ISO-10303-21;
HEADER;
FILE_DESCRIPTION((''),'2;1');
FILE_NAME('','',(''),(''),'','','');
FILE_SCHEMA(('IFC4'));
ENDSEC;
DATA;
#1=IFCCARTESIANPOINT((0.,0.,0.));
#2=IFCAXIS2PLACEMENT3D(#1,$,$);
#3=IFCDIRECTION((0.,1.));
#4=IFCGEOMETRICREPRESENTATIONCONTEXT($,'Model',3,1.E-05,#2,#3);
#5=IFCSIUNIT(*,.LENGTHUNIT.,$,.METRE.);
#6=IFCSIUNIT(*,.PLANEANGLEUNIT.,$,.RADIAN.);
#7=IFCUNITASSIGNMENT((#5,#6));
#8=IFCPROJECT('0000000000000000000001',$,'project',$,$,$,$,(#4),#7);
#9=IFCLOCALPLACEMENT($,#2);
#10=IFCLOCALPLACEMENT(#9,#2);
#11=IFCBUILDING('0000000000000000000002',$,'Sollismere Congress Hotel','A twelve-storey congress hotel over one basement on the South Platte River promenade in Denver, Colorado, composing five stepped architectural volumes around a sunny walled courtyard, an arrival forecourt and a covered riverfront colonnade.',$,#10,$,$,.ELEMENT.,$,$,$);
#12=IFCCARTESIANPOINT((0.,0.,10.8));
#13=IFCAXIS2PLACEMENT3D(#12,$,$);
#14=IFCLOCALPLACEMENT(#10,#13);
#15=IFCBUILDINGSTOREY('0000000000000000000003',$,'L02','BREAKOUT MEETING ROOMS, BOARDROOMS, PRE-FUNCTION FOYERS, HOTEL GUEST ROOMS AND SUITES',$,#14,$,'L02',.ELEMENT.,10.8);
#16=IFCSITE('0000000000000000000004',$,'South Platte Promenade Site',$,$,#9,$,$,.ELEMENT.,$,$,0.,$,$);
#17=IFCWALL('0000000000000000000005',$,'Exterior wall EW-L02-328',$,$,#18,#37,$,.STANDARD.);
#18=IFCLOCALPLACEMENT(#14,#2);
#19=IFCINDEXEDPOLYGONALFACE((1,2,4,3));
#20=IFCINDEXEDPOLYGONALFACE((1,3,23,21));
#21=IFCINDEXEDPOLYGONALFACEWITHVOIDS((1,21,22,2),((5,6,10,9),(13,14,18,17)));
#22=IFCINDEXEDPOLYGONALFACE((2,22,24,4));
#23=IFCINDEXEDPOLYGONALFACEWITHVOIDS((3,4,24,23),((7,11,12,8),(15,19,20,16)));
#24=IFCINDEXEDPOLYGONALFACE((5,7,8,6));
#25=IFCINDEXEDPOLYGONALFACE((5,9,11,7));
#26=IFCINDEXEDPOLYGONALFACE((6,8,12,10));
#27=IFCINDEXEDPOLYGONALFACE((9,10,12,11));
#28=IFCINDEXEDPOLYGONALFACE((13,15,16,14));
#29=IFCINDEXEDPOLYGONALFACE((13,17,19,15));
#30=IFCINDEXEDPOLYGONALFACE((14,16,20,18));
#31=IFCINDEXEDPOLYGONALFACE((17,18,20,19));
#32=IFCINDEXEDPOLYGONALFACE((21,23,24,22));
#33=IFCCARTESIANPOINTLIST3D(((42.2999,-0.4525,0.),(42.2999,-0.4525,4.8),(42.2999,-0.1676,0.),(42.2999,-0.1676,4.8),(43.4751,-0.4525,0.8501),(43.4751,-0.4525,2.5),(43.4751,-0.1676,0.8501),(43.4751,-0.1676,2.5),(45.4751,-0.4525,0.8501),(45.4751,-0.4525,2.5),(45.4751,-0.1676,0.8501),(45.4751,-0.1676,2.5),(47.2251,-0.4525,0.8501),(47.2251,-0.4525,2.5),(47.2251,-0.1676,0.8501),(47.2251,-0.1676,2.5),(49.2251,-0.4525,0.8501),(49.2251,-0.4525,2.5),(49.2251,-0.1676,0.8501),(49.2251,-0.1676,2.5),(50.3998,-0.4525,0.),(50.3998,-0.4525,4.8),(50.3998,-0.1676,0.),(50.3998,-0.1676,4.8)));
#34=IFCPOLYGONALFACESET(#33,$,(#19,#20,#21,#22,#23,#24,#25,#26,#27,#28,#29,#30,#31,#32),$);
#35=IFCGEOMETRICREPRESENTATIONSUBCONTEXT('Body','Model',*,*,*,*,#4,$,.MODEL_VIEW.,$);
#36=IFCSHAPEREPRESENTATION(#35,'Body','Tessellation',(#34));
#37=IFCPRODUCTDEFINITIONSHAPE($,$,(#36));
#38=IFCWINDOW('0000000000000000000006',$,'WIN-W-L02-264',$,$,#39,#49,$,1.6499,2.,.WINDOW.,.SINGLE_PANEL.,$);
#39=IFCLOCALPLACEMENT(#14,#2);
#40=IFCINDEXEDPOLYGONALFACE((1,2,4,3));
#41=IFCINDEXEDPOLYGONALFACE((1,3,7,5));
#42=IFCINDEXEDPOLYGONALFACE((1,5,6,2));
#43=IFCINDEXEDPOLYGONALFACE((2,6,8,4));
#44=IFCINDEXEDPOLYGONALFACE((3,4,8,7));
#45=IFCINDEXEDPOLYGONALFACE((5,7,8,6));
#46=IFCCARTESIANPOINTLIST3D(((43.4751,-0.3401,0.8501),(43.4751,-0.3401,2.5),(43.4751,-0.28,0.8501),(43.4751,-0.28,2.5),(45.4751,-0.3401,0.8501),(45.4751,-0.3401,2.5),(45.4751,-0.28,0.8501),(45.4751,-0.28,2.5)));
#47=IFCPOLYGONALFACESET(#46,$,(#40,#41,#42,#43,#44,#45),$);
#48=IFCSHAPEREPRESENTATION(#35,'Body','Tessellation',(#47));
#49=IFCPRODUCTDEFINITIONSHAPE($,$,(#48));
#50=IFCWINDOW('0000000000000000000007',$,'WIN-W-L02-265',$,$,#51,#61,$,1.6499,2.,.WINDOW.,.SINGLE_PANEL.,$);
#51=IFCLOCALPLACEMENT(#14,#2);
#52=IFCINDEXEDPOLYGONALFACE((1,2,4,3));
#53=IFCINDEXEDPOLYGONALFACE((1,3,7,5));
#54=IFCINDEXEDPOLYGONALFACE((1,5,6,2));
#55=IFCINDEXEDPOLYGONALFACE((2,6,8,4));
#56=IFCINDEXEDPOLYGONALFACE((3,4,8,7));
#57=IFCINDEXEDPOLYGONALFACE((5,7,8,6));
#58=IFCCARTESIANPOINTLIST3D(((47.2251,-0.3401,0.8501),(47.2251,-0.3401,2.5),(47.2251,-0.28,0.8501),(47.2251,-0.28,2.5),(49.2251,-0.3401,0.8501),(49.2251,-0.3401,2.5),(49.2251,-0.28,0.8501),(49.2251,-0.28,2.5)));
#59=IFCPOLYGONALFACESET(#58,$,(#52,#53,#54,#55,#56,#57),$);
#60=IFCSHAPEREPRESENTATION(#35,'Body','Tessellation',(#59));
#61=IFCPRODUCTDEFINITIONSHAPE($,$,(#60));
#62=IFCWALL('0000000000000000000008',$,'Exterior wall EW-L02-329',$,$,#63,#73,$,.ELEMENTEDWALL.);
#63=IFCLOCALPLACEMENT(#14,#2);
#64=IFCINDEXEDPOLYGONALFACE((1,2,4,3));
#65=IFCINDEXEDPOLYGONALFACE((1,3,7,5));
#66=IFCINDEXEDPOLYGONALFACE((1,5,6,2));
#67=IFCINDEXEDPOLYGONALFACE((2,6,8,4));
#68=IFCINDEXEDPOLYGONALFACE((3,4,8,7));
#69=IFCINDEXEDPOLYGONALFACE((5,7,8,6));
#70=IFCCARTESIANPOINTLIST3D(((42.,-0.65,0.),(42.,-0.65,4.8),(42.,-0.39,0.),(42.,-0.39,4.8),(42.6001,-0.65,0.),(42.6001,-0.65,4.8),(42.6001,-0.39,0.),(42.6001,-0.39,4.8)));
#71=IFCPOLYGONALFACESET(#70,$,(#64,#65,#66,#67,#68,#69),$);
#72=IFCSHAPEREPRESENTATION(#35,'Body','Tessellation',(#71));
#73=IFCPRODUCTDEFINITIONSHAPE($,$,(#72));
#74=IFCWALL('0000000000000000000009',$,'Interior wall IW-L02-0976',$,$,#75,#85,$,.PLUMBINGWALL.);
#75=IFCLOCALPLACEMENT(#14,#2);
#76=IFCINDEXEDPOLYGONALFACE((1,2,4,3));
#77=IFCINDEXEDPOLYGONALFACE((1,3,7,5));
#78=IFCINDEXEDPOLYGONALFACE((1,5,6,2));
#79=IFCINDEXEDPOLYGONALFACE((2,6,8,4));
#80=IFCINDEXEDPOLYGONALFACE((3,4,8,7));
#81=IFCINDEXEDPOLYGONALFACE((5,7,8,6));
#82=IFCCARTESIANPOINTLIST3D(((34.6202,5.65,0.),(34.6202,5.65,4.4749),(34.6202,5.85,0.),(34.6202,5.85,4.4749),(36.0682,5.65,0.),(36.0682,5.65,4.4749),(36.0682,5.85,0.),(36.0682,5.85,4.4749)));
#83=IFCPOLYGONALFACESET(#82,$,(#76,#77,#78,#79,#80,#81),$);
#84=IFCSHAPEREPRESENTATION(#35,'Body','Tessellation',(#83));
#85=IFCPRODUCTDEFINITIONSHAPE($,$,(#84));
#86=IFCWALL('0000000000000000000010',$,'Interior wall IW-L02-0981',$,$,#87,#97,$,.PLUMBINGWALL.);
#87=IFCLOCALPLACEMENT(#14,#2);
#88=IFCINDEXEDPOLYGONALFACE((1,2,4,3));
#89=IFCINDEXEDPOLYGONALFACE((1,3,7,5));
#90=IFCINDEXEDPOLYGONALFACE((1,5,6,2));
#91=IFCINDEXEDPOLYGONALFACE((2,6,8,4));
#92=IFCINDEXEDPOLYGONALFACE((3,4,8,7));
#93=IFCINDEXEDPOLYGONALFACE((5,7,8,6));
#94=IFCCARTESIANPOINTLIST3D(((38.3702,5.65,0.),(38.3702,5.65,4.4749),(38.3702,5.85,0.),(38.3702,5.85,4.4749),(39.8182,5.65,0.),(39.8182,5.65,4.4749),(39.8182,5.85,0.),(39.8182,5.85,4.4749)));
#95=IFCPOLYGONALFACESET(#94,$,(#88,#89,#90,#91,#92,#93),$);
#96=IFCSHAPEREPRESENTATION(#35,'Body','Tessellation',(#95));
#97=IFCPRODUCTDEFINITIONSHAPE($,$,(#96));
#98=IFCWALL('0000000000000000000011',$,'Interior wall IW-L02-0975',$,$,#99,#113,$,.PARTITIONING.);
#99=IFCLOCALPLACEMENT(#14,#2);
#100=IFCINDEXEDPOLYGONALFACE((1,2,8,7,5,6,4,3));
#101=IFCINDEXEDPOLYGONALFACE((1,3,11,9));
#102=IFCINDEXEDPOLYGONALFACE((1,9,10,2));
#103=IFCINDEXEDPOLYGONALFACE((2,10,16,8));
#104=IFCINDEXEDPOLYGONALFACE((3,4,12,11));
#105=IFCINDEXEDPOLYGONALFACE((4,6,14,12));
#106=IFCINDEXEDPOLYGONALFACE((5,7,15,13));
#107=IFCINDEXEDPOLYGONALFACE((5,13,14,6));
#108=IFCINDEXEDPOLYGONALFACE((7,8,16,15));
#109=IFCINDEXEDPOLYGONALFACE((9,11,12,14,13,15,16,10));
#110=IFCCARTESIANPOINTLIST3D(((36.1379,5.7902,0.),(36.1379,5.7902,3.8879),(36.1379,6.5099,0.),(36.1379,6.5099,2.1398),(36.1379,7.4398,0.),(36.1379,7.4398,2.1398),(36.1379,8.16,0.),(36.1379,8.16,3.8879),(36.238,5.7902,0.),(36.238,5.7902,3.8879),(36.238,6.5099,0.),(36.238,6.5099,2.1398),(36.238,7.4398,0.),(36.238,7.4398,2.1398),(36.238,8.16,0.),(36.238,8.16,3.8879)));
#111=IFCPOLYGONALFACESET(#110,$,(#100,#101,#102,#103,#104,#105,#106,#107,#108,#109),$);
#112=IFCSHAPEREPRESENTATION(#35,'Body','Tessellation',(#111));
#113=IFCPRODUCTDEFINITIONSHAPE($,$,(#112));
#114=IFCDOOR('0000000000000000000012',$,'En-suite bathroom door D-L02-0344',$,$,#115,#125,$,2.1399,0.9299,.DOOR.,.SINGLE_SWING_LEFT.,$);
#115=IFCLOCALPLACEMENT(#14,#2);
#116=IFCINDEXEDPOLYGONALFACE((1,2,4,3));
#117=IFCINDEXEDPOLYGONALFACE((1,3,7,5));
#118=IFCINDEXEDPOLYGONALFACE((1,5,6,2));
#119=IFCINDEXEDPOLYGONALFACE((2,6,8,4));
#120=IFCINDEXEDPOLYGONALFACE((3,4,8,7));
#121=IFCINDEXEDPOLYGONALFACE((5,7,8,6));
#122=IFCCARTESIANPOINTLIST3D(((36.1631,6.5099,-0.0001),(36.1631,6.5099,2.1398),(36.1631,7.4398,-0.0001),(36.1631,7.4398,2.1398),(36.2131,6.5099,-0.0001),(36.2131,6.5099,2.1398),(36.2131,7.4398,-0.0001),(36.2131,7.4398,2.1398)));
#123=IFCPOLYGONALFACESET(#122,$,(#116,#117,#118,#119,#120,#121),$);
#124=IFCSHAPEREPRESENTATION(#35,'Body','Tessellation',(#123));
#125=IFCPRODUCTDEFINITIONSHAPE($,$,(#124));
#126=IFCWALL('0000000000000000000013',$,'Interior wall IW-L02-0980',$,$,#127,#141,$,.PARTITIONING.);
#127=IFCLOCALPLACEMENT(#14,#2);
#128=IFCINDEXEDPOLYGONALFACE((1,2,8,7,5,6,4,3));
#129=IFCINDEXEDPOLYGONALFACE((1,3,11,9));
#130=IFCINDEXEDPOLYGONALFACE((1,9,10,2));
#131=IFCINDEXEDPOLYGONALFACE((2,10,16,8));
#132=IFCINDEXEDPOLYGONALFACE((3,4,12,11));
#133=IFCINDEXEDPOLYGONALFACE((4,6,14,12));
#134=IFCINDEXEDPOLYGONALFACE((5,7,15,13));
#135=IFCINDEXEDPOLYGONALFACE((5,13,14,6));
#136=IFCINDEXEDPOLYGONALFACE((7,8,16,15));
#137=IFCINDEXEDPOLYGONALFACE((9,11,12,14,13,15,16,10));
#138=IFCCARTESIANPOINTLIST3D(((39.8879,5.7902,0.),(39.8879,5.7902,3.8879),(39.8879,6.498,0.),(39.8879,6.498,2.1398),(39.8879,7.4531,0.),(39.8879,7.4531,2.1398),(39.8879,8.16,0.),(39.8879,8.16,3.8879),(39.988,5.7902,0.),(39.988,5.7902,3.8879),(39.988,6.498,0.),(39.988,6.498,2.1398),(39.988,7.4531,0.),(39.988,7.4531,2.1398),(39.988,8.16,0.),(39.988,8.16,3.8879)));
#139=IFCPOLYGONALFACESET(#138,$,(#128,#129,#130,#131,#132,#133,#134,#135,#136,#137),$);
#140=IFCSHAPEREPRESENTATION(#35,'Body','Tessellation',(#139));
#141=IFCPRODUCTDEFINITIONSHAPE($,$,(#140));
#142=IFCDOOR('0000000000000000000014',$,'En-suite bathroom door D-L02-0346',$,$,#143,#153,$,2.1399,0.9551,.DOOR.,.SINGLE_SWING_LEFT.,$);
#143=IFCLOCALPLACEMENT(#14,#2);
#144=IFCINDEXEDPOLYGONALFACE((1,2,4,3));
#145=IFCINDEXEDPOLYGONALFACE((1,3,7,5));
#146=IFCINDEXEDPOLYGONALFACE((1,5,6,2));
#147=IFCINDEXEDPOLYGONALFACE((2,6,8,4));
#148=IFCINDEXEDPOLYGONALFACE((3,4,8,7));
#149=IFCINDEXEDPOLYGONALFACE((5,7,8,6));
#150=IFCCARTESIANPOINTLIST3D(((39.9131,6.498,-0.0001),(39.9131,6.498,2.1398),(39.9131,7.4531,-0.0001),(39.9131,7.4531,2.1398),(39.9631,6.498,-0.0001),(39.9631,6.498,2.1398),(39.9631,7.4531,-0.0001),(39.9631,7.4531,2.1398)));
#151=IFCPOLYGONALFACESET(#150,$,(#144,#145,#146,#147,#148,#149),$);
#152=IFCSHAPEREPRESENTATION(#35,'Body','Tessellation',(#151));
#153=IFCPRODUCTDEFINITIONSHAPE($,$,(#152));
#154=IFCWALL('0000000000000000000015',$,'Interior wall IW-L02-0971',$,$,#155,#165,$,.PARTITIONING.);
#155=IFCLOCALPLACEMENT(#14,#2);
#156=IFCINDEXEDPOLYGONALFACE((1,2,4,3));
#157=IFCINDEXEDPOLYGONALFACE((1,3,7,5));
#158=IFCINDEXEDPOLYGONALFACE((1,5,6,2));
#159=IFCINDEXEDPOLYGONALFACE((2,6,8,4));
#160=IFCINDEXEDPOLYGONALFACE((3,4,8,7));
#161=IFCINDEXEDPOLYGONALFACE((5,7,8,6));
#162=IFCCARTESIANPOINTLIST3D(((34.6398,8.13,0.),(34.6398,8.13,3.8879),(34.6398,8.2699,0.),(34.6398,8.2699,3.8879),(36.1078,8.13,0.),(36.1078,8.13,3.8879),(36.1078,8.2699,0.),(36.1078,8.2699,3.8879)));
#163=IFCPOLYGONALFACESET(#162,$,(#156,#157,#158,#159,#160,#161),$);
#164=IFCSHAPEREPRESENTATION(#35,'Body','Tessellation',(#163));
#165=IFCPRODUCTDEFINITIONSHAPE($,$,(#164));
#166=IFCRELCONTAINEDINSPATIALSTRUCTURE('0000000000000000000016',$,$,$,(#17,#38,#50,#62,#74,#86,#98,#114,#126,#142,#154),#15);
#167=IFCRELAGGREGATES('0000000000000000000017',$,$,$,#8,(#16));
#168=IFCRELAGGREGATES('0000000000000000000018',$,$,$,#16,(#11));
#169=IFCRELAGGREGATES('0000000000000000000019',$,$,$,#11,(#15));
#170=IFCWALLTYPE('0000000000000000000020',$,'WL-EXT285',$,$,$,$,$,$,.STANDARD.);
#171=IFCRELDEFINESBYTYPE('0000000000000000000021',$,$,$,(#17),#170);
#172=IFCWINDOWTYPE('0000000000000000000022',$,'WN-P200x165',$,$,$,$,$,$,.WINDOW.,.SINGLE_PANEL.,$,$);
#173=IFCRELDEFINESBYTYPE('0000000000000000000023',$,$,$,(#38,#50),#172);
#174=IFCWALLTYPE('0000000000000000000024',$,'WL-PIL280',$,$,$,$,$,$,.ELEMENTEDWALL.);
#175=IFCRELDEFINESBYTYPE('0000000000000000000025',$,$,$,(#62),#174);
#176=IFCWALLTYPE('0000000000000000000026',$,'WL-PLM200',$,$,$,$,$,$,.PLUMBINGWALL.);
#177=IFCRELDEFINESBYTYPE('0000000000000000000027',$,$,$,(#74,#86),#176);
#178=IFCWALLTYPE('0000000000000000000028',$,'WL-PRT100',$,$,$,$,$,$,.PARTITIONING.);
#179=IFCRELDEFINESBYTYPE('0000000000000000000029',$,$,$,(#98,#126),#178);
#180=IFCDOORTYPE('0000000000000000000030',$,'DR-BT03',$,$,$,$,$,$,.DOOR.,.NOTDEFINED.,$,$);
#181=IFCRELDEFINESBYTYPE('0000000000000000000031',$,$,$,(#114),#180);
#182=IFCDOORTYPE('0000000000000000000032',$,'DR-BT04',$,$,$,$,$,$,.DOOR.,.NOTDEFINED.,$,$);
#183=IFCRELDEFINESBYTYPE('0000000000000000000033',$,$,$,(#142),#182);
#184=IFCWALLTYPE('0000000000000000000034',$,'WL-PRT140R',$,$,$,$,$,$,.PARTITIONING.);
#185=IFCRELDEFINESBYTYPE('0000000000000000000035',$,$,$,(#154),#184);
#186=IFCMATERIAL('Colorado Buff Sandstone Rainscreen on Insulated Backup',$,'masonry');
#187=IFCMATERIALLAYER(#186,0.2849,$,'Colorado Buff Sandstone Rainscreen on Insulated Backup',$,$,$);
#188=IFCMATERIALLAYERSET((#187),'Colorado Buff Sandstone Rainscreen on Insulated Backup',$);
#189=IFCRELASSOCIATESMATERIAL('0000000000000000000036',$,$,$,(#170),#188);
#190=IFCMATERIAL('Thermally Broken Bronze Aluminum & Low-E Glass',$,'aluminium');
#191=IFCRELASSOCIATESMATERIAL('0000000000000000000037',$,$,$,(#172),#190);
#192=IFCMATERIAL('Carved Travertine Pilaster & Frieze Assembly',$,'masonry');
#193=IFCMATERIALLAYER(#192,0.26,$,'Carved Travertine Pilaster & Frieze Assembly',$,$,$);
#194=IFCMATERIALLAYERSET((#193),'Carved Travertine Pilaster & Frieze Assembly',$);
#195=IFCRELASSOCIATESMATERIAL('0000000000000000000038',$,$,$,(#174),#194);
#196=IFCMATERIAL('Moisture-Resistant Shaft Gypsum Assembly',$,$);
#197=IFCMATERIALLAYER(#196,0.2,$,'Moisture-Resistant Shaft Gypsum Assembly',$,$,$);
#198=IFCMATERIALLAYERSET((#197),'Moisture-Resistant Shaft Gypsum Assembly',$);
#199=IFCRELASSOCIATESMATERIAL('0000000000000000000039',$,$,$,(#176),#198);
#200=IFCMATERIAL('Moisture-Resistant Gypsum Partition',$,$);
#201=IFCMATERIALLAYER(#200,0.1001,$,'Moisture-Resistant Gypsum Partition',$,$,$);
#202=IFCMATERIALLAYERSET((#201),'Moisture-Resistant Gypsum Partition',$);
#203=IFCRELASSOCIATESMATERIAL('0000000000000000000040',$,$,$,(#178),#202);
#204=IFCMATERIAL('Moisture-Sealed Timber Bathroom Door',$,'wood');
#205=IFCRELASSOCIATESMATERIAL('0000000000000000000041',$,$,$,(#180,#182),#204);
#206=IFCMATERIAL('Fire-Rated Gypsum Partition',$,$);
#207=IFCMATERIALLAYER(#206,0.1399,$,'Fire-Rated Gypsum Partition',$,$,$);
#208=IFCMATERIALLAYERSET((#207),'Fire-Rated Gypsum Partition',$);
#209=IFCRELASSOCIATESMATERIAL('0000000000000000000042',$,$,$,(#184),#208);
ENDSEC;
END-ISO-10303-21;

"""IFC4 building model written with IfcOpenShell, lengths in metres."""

from ifc_helpers import new_model, si_unit, direction, frame, frame_2d, origin, place, context, subcontext, project, spatial, rectangle, extrude, material, layer, layer_set, type_object, element, fill, save


model = new_model("IFC4")

# Units and contexts
model_context = context("Model", 3, precision=1e-05, world=origin(), true_north=direction((0.0, 1.0)))
body_context = subcontext(model_context, "Body", "Model", "MODEL_VIEW")
ifc_project = project(units=[si_unit("LENGTHUNIT", "METRE"), si_unit("PLANEANGLEUNIT", "RADIAN")], contexts=[model_context])

# Site, building, storey
site_placement = place(None, origin())
site = spatial("IfcSite", under=ifc_project, at=site_placement, Name="South Platte Promenade Site", CompositionType="ELEMENT", RefElevation=0.0)
building_placement = place(site_placement, origin())
building = spatial("IfcBuilding", under=site, at=building_placement, Name="Sollismere Congress Hotel", Description="A twelve-storey congress hotel over one basement on the South Platte River promenade in Denver, Colorado, composing five stepped architectural volumes around a sunny walled courtyard, an arrival forecourt and a covered riverfront colonnade.", CompositionType="ELEMENT")
storey_placement = place(building_placement, frame((0.0, 0.0, 10.8)))
storey = spatial("IfcBuildingStorey", under=building, at=storey_placement, Name="L02", Description="BREAKOUT MEETING ROOMS, BOARDROOMS, PRE-FUNCTION FOYERS, HOTEL GUEST ROOMS AND SUITES", LongName="L02", CompositionType="ELEMENT", Elevation=10.8)

# Wall, openings, windows
ifc_material_1 = material(Name="Colorado Buff Sandstone Rainscreen on Insulated Backup", Category="masonry")
ifc_layer_1 = layer(ifc_material_1, 0.2849, Name="Colorado Buff Sandstone Rainscreen on Insulated Backup")
ifc_layer_set_1 = layer_set([ifc_layer_1], Name="Colorado Buff Sandstone Rainscreen on Insulated Backup")
wall_type_1 = type_object("IfcWallType", Name="WL-EXT285", PredefinedType="STANDARD", material=ifc_layer_set_1)
wall_1_placement = place(storey_placement, frame((42.3, -0.3101, 0.0), z_axis=(0.0, 0.0, 1.0), x_axis=(1.0, 0.0, 0.0)))
wall_1 = element("IfcWall", 1, at=wall_1_placement, inside=storey, type_object=wall_type_1, Name="Exterior wall EW-L02-328", PredefinedType="STANDARD", context=body_context, shape_type="SweptSolid", body=[
    extrude(rectangle(XDim=8.0999, YDim=0.2849, at=frame_2d((4.0498, 0.0))), origin(), (0.0, 0.0, 1.0), 4.8),
])
opening_1_placement = place(wall_1_placement, frame((1.175, 0.0, 0.8501)))
opening_1 = element("IfcOpeningElement", 2, at=opening_1_placement, cuts=wall_1, PredefinedType="OPENING", context=body_context, shape_type="SweptSolid", body=[
    extrude(rectangle(XDim=2.0, YDim=1.6499, at=frame_2d((1.0, 0.825))), frame((0.0, 0.1523, 0.0), z_axis=(0.0, -1.0, 0.0), x_axis=(1.0, 0.0, 0.0)), (0.0, 0.0, 1.0), 0.3049),
])
opening_2_placement = place(wall_1_placement, frame((4.925, 0.0, 0.8501)))
opening_2 = element("IfcOpeningElement", 3, at=opening_2_placement, cuts=wall_1, PredefinedType="OPENING", context=body_context, shape_type="SweptSolid", body=[
    extrude(rectangle(XDim=2.0, YDim=1.6499, at=frame_2d((1.0, 0.825))), frame((0.0, 0.1523, 0.0), z_axis=(0.0, -1.0, 0.0), x_axis=(1.0, 0.0, 0.0)), (0.0, 0.0, 1.0), 0.3049),
])
ifc_material_2 = material(Name="Thermally Broken Bronze Aluminum & Low-E Glass", Category="aluminium")
window_type = type_object("IfcWindowType", Name="WN-P200x165", PartitioningType="SINGLE_PANEL", PredefinedType="WINDOW", material=ifc_material_2)
window_1_placement = place(opening_1_placement, origin())
window_1 = element("IfcWindow", 4, at=window_1_placement, inside=storey, type_object=window_type, Name="WIN-W-L02-264", OverallHeight=1.6499, OverallWidth=2.0, PartitioningType="SINGLE_PANEL", PredefinedType="WINDOW", context=body_context, shape_type="SweptSolid", body=[
    extrude(rectangle(XDim=2.0, YDim=1.6499, at=frame_2d((1.0, 0.825))), frame((0.0, 0.03, 0.0), z_axis=(0.0, -1.0, 0.0), x_axis=(1.0, 0.0, 0.0)), (0.0, 0.0, 1.0), 0.0601),
])
fill(opening_1, window_1)
window_2_placement = place(opening_2_placement, origin())
window_2 = element("IfcWindow", 5, at=window_2_placement, inside=storey, type_object=window_type, Name="WIN-W-L02-265", OverallHeight=1.6499, OverallWidth=2.0, PartitioningType="SINGLE_PANEL", PredefinedType="WINDOW", context=body_context, shape_type="SweptSolid", body=[
    extrude(rectangle(XDim=2.0, YDim=1.6499, at=frame_2d((1.0, 0.825))), frame((0.0, 0.03, 0.0), z_axis=(0.0, -1.0, 0.0), x_axis=(1.0, 0.0, 0.0)), (0.0, 0.0, 1.0), 0.0601),
])
fill(opening_2, window_2)

# Walls
ifc_material_3 = material(Name="Carved Travertine Pilaster & Frieze Assembly", Category="masonry")
ifc_layer_2 = layer(ifc_material_3, 0.26, Name="Carved Travertine Pilaster & Frieze Assembly")
ifc_layer_set_2 = layer_set([ifc_layer_2], Name="Carved Travertine Pilaster & Frieze Assembly")
wall_type_2 = type_object("IfcWallType", Name="WL-PIL280", PredefinedType="ELEMENTEDWALL", material=ifc_layer_set_2)
wall_2_placement = place(storey_placement, frame((42.0, -0.52, 0.0), z_axis=(0.0, 0.0, 1.0), x_axis=(1.0, 0.0, 0.0)))
element("IfcWall", 6, at=wall_2_placement, inside=storey, type_object=wall_type_2, Name="Exterior wall EW-L02-329", PredefinedType="ELEMENTEDWALL", context=body_context, shape_type="SweptSolid", body=[
    extrude(rectangle(XDim=0.6001, YDim=0.26, at=frame_2d((0.3, 0.0))), origin(), (0.0, 0.0, 1.0), 4.8),
])
ifc_material_4 = material(Name="Moisture-Resistant Shaft Gypsum Assembly")
ifc_layer_3 = layer(ifc_material_4, 0.2, Name="Moisture-Resistant Shaft Gypsum Assembly")
ifc_layer_set_3 = layer_set([ifc_layer_3], Name="Moisture-Resistant Shaft Gypsum Assembly")
wall_type_3 = type_object("IfcWallType", Name="WL-PLM200", PredefinedType="PLUMBINGWALL", material=ifc_layer_set_3)
for number, where, z_axis, x_axis, name in (
    (7, (34.6201, 5.75, 0.0), (0.0, 0.0, 1.0), (1.0, 0.0, 0.0), "Interior wall IW-L02-0976"),
    (8, (38.3701, 5.75, 0.0), (0.0, 0.0, 1.0), (1.0, 0.0, 0.0), "Interior wall IW-L02-0981"),
):
    element("IfcWall", number, at=place(storey_placement, frame(where, z_axis=z_axis, x_axis=x_axis)), inside=storey, type_object=wall_type_3, Name=name, PredefinedType="PLUMBINGWALL", context=body_context, shape_type="SweptSolid", body=[
        extrude(rectangle(XDim=1.448, YDim=0.2, at=frame_2d((0.7241, 0.0))), origin(), (0.0, 0.0, 1.0), 4.4749),
    ])

# Walls, openings, doors
ifc_material_5 = material(Name="Moisture-Resistant Gypsum Partition")
ifc_layer_4 = layer(ifc_material_5, 0.1001, Name="Moisture-Resistant Gypsum Partition")
ifc_layer_set_4 = layer_set([ifc_layer_4], Name="Moisture-Resistant Gypsum Partition")
wall_type_4 = type_object("IfcWallType", Name="WL-PRT100", PredefinedType="PARTITIONING", material=ifc_layer_set_4)
wall_3_placement = place(storey_placement, frame((36.188, 5.79, 0.0), z_axis=(0.0, 0.0, 1.0), x_axis=(0.0, 1.0, 0.0)))
wall_3 = element("IfcWall", 9, at=wall_3_placement, inside=storey, type_object=wall_type_4, Name="Interior wall IW-L02-0975", PredefinedType="PARTITIONING", context=body_context, shape_type="SweptSolid", body=[
    extrude(rectangle(XDim=2.3699, YDim=0.1001, at=frame_2d((1.1851, 0.0))), origin(), (0.0, 0.0, 1.0), 3.8879),
])
opening_3_placement = place(wall_3_placement, frame((0.72, 0.0, 0.0)))
opening_3 = element("IfcOpeningElement", 10, at=opening_3_placement, cuts=wall_3, PredefinedType="OPENING", context=body_context, shape_type="SweptSolid", body=[
    extrude(rectangle(XDim=0.9299, YDim=2.1399, at=frame_2d((0.4648, 1.0698))), frame((0.0, 0.0601, 0.0), z_axis=(0.0, -1.0, 0.0), x_axis=(1.0, 0.0, 0.0)), (0.0, 0.0, 1.0), 0.1201),
])
ifc_material_6 = material(Name="Moisture-Sealed Timber Bathroom Door", Category="wood")
door_type_1 = type_object("IfcDoorType", Name="DR-BT03", OperationType="NOTDEFINED", PredefinedType="DOOR", material=ifc_material_6)
door_1_placement = place(opening_3_placement, origin())
door_1 = element("IfcDoor", 11, at=door_1_placement, inside=storey, type_object=door_type_1, Name="En-suite bathroom door D-L02-0344", OperationType="SINGLE_SWING_LEFT", OverallHeight=2.1399, OverallWidth=0.9299, PredefinedType="DOOR", context=body_context, shape_type="SweptSolid", body=[
    extrude(rectangle(XDim=0.9299, YDim=2.1399, at=frame_2d((0.4648, 1.0698))), frame((0.0, 0.0249, 0.0), z_axis=(0.0, -1.0, 0.0), x_axis=(1.0, 0.0, 0.0)), (0.0, 0.0, 1.0), 0.05),
])
fill(opening_3, door_1)
wall_4_placement = place(storey_placement, frame((39.938, 5.79, 0.0), z_axis=(0.0, 0.0, 1.0), x_axis=(0.0, 1.0, 0.0)))
wall_4 = element("IfcWall", 12, at=wall_4_placement, inside=storey, type_object=wall_type_4, Name="Interior wall IW-L02-0980", PredefinedType="PARTITIONING", context=body_context, shape_type="SweptSolid", body=[
    extrude(rectangle(XDim=2.3699, YDim=0.1001, at=frame_2d((1.1851, 0.0))), origin(), (0.0, 0.0, 1.0), 3.8879),
])
opening_4_placement = place(wall_4_placement, frame((0.708, 0.0, 0.0)))
opening_4 = element("IfcOpeningElement", 13, at=opening_4_placement, cuts=wall_4, PredefinedType="OPENING", context=body_context, shape_type="SweptSolid", body=[
    extrude(rectangle(XDim=0.9551, YDim=2.1399, at=frame_2d((0.4775, 1.0698))), frame((0.0, 0.0601, 0.0), z_axis=(0.0, -1.0, 0.0), x_axis=(1.0, 0.0, 0.0)), (0.0, 0.0, 1.0), 0.1201),
])
door_type_2 = type_object("IfcDoorType", Name="DR-BT04", OperationType="NOTDEFINED", PredefinedType="DOOR", material=ifc_material_6)
door_2_placement = place(opening_4_placement, origin())
door_2 = element("IfcDoor", 14, at=door_2_placement, inside=storey, type_object=door_type_2, Name="En-suite bathroom door D-L02-0346", OperationType="SINGLE_SWING_LEFT", OverallHeight=2.1399, OverallWidth=0.9551, PredefinedType="DOOR", context=body_context, shape_type="SweptSolid", body=[
    extrude(rectangle(XDim=0.9551, YDim=2.1399, at=frame_2d((0.4775, 1.0698))), frame((0.0, 0.0249, 0.0), z_axis=(0.0, -1.0, 0.0), x_axis=(1.0, 0.0, 0.0)), (0.0, 0.0, 1.0), 0.05),
])
fill(opening_4, door_2)

# Wall
ifc_material_7 = material(Name="Fire-Rated Gypsum Partition")
ifc_layer_5 = layer(ifc_material_7, 0.1399, Name="Fire-Rated Gypsum Partition")
ifc_layer_set_5 = layer_set([ifc_layer_5], Name="Fire-Rated Gypsum Partition")
wall_type_5 = type_object("IfcWallType", Name="WL-PRT140R", PredefinedType="PARTITIONING", material=ifc_layer_set_5)
wall_5_placement = place(storey_placement, frame((34.6399, 8.2, 0.0), z_axis=(0.0, 0.0, 1.0), x_axis=(1.0, 0.0, 0.0)))
element("IfcWall", 15, at=wall_5_placement, inside=storey, type_object=wall_type_5, Name="Interior wall IW-L02-0971", PredefinedType="PARTITIONING", context=body_context, shape_type="SweptSolid", body=[
    extrude(rectangle(XDim=1.468, YDim=0.1399, at=frame_2d((0.7339, 0.0))), origin(), (0.0, 0.0, 1.0), 3.8879),
])

save(model, "model.ifc")
